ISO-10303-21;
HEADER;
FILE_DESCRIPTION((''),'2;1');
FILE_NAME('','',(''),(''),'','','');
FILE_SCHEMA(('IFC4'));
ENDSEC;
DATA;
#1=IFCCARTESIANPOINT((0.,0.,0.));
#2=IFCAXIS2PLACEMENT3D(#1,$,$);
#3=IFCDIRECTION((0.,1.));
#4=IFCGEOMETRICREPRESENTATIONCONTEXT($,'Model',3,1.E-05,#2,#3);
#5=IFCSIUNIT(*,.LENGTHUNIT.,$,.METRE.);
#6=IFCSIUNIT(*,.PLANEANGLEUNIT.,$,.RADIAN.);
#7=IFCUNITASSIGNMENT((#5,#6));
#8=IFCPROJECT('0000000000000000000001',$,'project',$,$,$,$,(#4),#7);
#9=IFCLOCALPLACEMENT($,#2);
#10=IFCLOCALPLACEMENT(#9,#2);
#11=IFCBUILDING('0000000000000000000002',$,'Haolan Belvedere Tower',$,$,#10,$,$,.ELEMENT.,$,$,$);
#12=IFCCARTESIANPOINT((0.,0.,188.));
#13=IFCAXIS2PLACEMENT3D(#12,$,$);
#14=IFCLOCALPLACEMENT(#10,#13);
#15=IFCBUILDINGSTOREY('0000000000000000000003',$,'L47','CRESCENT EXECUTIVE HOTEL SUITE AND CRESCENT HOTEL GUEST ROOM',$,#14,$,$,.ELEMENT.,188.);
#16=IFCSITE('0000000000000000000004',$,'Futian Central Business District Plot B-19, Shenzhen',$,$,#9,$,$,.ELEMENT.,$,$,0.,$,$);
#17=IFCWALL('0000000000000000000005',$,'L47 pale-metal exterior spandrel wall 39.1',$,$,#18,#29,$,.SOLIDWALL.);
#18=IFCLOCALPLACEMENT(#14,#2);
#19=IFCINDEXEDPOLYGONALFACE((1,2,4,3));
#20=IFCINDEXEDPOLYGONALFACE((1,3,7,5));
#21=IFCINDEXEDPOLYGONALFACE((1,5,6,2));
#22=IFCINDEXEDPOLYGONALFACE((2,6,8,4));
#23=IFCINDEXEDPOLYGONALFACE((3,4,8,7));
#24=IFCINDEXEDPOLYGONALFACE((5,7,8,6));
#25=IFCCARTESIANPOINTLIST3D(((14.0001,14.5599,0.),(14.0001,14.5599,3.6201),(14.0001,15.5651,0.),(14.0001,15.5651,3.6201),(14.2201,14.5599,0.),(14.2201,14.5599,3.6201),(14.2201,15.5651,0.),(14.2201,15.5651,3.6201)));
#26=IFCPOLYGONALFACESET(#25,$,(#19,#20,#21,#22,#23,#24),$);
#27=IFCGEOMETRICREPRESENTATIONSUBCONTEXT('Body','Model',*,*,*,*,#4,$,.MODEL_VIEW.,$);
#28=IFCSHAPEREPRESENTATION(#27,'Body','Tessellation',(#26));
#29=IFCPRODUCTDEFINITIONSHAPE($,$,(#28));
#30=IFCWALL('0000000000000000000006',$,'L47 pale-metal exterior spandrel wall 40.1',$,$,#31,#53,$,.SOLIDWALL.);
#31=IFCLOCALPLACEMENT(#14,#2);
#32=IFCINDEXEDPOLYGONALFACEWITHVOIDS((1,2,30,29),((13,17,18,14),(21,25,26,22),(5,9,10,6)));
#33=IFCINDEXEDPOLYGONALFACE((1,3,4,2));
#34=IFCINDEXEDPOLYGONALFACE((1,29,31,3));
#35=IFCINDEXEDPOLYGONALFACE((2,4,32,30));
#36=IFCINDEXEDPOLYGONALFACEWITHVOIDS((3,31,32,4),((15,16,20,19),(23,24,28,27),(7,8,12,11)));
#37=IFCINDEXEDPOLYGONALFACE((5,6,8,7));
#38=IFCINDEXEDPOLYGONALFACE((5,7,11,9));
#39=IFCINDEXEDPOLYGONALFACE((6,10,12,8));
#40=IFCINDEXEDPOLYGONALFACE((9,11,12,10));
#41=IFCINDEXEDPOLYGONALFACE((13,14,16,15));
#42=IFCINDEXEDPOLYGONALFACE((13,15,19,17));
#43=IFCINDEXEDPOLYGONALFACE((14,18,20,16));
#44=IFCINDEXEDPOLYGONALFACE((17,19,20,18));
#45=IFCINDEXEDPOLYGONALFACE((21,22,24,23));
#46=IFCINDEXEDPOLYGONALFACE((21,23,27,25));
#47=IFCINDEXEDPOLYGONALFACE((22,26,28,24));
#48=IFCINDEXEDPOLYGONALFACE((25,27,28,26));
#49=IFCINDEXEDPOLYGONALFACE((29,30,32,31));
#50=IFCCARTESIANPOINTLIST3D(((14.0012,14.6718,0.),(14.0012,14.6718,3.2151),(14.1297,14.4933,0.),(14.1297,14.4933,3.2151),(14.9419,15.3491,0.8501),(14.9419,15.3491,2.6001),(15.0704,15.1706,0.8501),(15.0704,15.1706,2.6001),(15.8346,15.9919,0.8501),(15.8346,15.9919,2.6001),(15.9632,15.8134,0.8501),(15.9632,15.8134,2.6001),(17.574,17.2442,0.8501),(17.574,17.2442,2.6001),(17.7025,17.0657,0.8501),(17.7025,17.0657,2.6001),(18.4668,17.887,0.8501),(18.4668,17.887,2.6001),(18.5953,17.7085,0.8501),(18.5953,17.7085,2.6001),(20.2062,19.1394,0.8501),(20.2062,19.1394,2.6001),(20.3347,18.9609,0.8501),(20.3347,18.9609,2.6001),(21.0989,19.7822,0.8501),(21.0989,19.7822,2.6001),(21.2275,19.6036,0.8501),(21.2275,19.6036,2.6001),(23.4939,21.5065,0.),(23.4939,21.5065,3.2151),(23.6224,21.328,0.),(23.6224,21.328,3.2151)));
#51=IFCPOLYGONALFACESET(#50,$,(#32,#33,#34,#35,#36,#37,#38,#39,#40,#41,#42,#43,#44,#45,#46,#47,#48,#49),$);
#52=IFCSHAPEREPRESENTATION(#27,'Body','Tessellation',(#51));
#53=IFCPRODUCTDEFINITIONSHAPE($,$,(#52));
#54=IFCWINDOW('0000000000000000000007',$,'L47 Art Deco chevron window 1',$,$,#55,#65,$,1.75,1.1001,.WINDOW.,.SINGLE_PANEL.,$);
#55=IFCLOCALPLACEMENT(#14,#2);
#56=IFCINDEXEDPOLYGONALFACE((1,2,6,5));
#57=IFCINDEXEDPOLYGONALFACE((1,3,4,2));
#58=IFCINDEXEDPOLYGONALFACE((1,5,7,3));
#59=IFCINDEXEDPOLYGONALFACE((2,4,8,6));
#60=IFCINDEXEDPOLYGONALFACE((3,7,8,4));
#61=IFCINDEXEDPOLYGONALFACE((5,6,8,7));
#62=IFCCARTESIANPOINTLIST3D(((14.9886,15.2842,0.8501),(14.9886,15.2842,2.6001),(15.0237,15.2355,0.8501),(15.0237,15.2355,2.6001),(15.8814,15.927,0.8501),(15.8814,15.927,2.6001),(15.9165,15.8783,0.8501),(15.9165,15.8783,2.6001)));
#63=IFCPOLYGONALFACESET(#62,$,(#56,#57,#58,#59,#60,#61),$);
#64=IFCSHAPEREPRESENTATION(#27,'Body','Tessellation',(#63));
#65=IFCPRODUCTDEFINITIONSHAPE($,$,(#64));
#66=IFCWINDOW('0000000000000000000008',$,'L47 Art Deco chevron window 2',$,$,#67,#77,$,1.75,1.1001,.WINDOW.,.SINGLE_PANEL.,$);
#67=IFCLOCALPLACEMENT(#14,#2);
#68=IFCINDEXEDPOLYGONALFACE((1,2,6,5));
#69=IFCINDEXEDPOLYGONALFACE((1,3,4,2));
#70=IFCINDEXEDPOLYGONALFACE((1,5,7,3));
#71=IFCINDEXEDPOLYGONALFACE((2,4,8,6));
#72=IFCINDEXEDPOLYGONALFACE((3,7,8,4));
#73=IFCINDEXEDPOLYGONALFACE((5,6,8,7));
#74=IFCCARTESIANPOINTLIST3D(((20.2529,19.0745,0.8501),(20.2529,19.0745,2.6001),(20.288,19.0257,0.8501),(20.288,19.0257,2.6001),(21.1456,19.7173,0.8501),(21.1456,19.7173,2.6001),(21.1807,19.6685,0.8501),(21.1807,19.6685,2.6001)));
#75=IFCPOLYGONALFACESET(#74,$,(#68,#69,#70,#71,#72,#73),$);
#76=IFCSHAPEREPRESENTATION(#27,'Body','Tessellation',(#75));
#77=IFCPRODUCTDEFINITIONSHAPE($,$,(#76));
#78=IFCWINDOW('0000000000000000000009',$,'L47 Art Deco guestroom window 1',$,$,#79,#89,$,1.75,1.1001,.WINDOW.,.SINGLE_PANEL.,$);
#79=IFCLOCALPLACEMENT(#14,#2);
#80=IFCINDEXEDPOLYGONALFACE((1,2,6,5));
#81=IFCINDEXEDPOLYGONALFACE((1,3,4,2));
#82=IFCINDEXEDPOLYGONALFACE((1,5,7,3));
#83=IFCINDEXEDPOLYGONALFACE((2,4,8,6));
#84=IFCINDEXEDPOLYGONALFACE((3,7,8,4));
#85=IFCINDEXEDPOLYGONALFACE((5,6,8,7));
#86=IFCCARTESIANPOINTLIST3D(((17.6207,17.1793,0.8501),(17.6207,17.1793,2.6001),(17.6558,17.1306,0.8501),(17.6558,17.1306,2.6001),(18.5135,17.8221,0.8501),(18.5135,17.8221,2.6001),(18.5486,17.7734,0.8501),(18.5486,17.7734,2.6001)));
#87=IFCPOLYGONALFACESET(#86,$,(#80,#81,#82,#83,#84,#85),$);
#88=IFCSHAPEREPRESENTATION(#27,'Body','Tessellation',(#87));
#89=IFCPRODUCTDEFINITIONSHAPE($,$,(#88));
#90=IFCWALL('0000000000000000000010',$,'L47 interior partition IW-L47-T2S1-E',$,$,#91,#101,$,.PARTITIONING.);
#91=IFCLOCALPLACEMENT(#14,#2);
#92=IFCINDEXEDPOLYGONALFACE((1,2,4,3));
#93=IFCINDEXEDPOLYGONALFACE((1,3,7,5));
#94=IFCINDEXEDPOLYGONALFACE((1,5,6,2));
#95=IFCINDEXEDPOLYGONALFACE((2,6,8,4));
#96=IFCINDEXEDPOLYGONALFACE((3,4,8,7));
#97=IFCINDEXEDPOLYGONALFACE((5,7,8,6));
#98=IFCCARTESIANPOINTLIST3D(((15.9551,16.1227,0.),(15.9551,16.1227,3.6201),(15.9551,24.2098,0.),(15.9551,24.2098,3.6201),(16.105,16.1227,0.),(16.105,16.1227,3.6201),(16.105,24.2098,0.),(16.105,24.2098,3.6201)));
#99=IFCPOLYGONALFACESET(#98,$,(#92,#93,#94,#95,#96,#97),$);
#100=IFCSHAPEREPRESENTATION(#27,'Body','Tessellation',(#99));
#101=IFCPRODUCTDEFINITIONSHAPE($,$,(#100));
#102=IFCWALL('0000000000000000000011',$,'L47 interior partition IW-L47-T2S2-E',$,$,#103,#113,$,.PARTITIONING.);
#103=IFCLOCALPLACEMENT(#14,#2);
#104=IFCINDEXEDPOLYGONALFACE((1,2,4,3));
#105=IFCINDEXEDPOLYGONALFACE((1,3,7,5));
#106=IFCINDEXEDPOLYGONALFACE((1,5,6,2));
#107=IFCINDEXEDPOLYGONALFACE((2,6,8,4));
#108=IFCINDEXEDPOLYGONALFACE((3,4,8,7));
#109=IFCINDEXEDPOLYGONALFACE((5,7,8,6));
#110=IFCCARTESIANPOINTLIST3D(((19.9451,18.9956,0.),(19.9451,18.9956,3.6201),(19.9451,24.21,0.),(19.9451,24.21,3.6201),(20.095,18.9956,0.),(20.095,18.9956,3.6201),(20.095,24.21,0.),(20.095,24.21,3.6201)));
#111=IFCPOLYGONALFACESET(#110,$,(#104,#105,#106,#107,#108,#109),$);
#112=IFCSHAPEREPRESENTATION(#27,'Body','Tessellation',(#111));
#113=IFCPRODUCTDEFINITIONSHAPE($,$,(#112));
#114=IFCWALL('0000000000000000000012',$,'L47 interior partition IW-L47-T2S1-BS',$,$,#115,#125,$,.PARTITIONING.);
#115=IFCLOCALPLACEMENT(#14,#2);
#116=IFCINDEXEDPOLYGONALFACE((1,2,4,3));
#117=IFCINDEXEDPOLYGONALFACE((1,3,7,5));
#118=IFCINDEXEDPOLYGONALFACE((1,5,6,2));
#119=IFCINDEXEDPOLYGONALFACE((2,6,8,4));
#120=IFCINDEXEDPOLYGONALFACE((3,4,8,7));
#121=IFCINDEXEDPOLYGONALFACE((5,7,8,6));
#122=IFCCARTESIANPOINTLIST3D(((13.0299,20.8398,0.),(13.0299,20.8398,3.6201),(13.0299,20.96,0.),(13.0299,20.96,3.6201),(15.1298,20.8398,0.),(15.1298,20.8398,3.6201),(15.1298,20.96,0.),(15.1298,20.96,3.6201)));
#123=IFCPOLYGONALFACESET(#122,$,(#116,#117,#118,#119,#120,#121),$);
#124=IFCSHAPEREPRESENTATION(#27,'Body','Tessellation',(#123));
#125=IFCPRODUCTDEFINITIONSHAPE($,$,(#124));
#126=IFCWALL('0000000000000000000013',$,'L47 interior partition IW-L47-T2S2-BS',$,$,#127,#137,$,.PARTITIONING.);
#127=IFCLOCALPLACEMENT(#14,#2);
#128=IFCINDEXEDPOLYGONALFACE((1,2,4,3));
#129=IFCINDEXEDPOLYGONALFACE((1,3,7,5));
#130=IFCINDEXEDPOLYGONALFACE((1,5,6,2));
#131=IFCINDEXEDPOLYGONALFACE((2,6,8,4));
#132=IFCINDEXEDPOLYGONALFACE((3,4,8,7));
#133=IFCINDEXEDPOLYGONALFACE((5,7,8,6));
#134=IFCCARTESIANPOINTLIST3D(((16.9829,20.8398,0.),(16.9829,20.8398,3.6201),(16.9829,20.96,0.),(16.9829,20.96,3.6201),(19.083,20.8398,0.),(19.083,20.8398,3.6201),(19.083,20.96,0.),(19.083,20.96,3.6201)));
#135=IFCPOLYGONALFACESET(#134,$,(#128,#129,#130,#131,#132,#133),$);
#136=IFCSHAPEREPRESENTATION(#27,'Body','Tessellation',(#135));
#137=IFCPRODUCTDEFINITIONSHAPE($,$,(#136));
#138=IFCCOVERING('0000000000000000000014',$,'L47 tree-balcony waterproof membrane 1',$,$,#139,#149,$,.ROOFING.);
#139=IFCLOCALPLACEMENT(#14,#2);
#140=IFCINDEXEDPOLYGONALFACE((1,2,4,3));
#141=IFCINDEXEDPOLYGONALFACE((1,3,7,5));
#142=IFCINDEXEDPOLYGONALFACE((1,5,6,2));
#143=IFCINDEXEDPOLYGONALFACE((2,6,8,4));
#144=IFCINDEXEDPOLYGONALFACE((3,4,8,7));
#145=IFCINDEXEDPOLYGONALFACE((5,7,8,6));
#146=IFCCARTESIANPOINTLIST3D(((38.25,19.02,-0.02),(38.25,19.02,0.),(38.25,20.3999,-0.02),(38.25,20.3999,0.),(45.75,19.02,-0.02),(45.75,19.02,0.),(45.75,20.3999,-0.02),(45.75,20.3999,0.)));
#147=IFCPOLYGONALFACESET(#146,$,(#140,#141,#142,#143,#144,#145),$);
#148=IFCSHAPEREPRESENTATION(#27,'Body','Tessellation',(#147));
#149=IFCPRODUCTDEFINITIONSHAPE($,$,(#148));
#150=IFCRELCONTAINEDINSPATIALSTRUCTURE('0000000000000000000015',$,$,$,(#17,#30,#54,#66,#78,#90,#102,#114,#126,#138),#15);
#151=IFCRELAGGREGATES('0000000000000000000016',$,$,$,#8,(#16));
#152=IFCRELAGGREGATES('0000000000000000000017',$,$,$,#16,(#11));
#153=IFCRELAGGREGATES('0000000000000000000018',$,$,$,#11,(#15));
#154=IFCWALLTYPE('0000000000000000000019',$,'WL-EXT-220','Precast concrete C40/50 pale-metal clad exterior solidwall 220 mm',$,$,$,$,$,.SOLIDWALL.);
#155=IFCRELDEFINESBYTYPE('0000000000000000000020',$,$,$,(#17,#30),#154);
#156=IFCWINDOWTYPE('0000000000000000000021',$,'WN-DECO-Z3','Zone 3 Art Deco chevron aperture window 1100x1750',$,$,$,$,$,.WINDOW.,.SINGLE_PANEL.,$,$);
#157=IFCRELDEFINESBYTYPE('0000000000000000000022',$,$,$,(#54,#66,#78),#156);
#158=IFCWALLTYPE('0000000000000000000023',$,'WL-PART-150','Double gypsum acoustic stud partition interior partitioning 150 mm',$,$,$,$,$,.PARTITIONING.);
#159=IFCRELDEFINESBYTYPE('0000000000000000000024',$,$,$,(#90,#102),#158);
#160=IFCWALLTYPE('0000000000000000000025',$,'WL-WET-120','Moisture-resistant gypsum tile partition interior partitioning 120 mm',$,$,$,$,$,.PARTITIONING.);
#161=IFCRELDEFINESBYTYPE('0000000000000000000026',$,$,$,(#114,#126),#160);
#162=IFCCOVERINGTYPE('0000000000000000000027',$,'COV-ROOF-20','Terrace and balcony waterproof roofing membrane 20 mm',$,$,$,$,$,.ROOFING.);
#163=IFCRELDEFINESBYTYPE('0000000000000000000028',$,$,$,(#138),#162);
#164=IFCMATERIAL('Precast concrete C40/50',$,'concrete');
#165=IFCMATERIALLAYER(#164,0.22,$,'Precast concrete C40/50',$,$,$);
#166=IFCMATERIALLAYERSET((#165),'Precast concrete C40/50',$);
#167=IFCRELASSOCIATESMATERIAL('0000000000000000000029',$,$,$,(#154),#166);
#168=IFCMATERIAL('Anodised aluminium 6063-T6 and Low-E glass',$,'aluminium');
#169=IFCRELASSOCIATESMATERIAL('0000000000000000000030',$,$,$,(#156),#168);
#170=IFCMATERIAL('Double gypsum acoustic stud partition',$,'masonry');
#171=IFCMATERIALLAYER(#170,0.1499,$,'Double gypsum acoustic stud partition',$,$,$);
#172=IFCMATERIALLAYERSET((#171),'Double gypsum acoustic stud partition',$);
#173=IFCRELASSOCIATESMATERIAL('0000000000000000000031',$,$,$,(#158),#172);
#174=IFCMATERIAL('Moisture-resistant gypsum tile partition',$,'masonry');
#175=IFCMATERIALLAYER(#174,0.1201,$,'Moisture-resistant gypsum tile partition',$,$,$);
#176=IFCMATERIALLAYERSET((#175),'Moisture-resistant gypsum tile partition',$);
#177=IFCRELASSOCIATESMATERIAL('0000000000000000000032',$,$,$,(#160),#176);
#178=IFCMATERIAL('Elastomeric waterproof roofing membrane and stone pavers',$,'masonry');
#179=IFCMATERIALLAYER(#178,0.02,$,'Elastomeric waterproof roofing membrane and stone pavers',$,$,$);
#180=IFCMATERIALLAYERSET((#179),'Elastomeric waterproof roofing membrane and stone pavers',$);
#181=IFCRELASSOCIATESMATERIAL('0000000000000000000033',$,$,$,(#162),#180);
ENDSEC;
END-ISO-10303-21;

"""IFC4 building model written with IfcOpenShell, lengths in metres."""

from ifc_helpers import new_model, si_unit, direction, frame, frame_2d, origin, place, context, subcontext, project, spatial, polyline, rectangle, outline, extrude, material, layer, layer_set, type_object, element, fill, save


model = new_model("IFC4")

# Units and contexts
model_context = context("Model", 3, precision=1e-05, world=origin(), true_north=direction((0.0, 1.0)))
body_context = subcontext(model_context, "Body", "Model", "MODEL_VIEW")
ifc_project = project(units=[si_unit("LENGTHUNIT", "METRE"), si_unit("PLANEANGLEUNIT", "RADIAN")], contexts=[model_context])

# Site, building, storey
site_placement = place(None, origin())
site = spatial("IfcSite", under=ifc_project, at=site_placement, Name="Futian Central Business District Plot B-19, Shenzhen", CompositionType="ELEMENT", RefElevation=0.0)
building_placement = place(site_placement, origin())
building = spatial("IfcBuilding", under=site, at=building_placement, Name="Haolan Belvedere Tower", CompositionType="ELEMENT")
storey_placement = place(building_placement, frame((0.0, 0.0, 188.0)))
storey = spatial("IfcBuildingStorey", under=building, at=storey_placement, Name="L47", Description="CRESCENT EXECUTIVE HOTEL SUITE AND CRESCENT HOTEL GUEST ROOM", CompositionType="ELEMENT", Elevation=188.0)

# Wall
ifc_material_1 = material(Name="Precast concrete C40/50", Category="concrete")
ifc_layer_1 = layer(ifc_material_1, 0.22, Name="Precast concrete C40/50")
ifc_layer_set_1 = layer_set([ifc_layer_1], Name="Precast concrete C40/50")
wall_type_1 = type_object("IfcWallType", Name="WL-EXT-220", Description="Precast concrete C40/50 pale-metal clad exterior solidwall 220 mm", PredefinedType="SOLIDWALL", material=ifc_layer_set_1)
wall_1_placement = place(storey_placement, frame((14.1101, 15.5649, 0.0), z_axis=(0.0, 0.0, 1.0), x_axis=(0.0, -1.0, 0.0)))
element("IfcWall", 1, at=wall_1_placement, inside=storey, type_object=wall_type_1, Name="L47 pale-metal exterior spandrel wall 39.1", PredefinedType="SOLIDWALL", context=body_context, shape_type="SweptSolid", body=[
    extrude(rectangle(XDim=1.0051, YDim=0.22, at=frame_2d((0.5024, 0.0))), origin(), (0.0, 0.0, 1.0), 3.6201),
])

# Wall, openings, windows
wall_2_placement = place(storey_placement, frame((14.0654, 14.5825, 0.0), z_axis=(0.0, 0.0, 1.0), x_axis=(0.811535, 0.584304, 0.0)))
wall_2 = element("IfcWall", 2, at=wall_2_placement, inside=storey, type_object=wall_type_1, Name="L47 pale-metal exterior spandrel wall 40.1", PredefinedType="SOLIDWALL", context=body_context, shape_type="SweptSolid", body=[
    extrude(rectangle(XDim=11.6973, YDim=0.22, at=frame_2d((5.8486, 0.0))), origin(), (0.0, 0.0, 1.0), 3.2151),
])
opening_1_placement = place(wall_2_placement, frame((1.1592, 0.0, 0.8501)))
opening_1 = element("IfcOpeningElement", 3, at=opening_1_placement, cuts=wall_2, PredefinedType="OPENING", context=body_context, shape_type="SweptSolid", body=[
    extrude(rectangle(XDim=1.1001, YDim=1.75, at=frame_2d((0.55, 0.875))), frame((0.0, 0.1199, 0.0), z_axis=(0.0, -1.0, 0.0), x_axis=(1.0, 0.0, 0.0)), (0.0, 0.0, 1.0), 0.24),
])
opening_2_placement = place(wall_2_placement, frame((7.646, 0.0, 0.8501)))
opening_2 = element("IfcOpeningElement", 4, at=opening_2_placement, cuts=wall_2, PredefinedType="OPENING", context=body_context, shape_type="SweptSolid", body=[
    extrude(rectangle(XDim=1.1001, YDim=1.75, at=frame_2d((0.55, 0.875))), frame((0.0, 0.1199, 0.0), z_axis=(0.0, -1.0, 0.0), x_axis=(1.0, 0.0, 0.0)), (0.0, 0.0, 1.0), 0.24),
])
opening_3_placement = place(wall_2_placement, frame((4.4026, 0.0, 0.8501)))
opening_3 = element("IfcOpeningElement", 5, at=opening_3_placement, cuts=wall_2, PredefinedType="OPENING", context=body_context, shape_type="SweptSolid", body=[
    extrude(rectangle(XDim=1.1001, YDim=1.75, at=frame_2d((0.55, 0.875))), frame((0.0, 0.1199, 0.0), z_axis=(0.0, -1.0, 0.0), x_axis=(1.0, 0.0, 0.0)), (0.0, 0.0, 1.0), 0.24),
])
ifc_material_2 = material(Name="Anodised aluminium 6063-T6 and Low-E glass", Category="aluminium")
window_type = type_object("IfcWindowType", Name="WN-DECO-Z3", Description="Zone 3 Art Deco chevron aperture window 1100x1750", PartitioningType="SINGLE_PANEL", PredefinedType="WINDOW", material=ifc_material_2)
window_1_placement = place(opening_1_placement, origin())
window_1 = element("IfcWindow", 6, at=window_1_placement, inside=storey, type_object=window_type, Name="L47 Art Deco chevron window 1", OverallHeight=1.75, OverallWidth=1.1001, PartitioningType="SINGLE_PANEL", PredefinedType="WINDOW", context=body_context, shape_type="SweptSolid", body=[
    extrude(rectangle(XDim=1.1001, YDim=1.75, at=frame_2d((0.55, 0.875))), frame((0.0, 0.03, 0.0), z_axis=(0.0, -1.0, 0.0), x_axis=(1.0, 0.0, 0.0)), (0.0, 0.0, 1.0), 0.0601),
])
fill(opening_1, window_1)
window_2_placement = place(opening_2_placement, origin())
window_2 = element("IfcWindow", 7, at=window_2_placement, inside=storey, type_object=window_type, Name="L47 Art Deco chevron window 2", OverallHeight=1.75, OverallWidth=1.1001, PartitioningType="SINGLE_PANEL", PredefinedType="WINDOW", context=body_context, shape_type="SweptSolid", body=[
    extrude(rectangle(XDim=1.1001, YDim=1.75, at=frame_2d((0.55, 0.875))), frame((0.0, 0.03, 0.0), z_axis=(0.0, -1.0, 0.0), x_axis=(1.0, 0.0, 0.0)), (0.0, 0.0, 1.0), 0.0601),
])
fill(opening_2, window_2)
window_3_placement = place(opening_3_placement, origin())
window_3 = element("IfcWindow", 8, at=window_3_placement, inside=storey, type_object=window_type, Name="L47 Art Deco guestroom window 1", OverallHeight=1.75, OverallWidth=1.1001, PartitioningType="SINGLE_PANEL", PredefinedType="WINDOW", context=body_context, shape_type="SweptSolid", body=[
    extrude(rectangle(XDim=1.1001, YDim=1.75, at=frame_2d((0.55, 0.875))), frame((0.0, 0.03, 0.0), z_axis=(0.0, -1.0, 0.0), x_axis=(1.0, 0.0, 0.0)), (0.0, 0.0, 1.0), 0.0601),
])
fill(opening_3, window_3)

# Walls
ifc_material_3 = material(Name="Double gypsum acoustic stud partition", Category="masonry")
ifc_layer_2 = layer(ifc_material_3, 0.1499, Name="Double gypsum acoustic stud partition")
ifc_layer_set_2 = layer_set([ifc_layer_2], Name="Double gypsum acoustic stud partition")
wall_type_2 = type_object("IfcWallType", Name="WL-PART-150", Description="Double gypsum acoustic stud partition interior partitioning 150 mm", PredefinedType="PARTITIONING", material=ifc_layer_set_2)
wall_3_placement = place(storey_placement, frame((16.03, 16.1228, 0.0), z_axis=(0.0, 0.0, 1.0), x_axis=(0.0, 1.0, 0.0)))
element("IfcWall", 9, at=wall_3_placement, inside=storey, type_object=wall_type_2, Name="L47 interior partition IW-L47-T2S1-E", PredefinedType="PARTITIONING", context=body_context, shape_type="SweptSolid", body=[
    extrude(rectangle(XDim=8.0872, YDim=0.1499, at=frame_2d((4.0435, 0.0))), origin(), (0.0, 0.0, 1.0), 3.6201),
])
wall_4_placement = place(storey_placement, frame((20.02, 18.9956, 0.0), z_axis=(0.0, 0.0, 1.0), x_axis=(0.0, 1.0, 0.0)))
element("IfcWall", 10, at=wall_4_placement, inside=storey, type_object=wall_type_2, Name="L47 interior partition IW-L47-T2S2-E", PredefinedType="PARTITIONING", context=body_context, shape_type="SweptSolid", body=[
    extrude(rectangle(XDim=5.2144, YDim=0.1499, at=frame_2d((2.6072, 0.0))), origin(), (0.0, 0.0, 1.0), 3.6201),
])
ifc_material_4 = material(Name="Moisture-resistant gypsum tile partition", Category="masonry")
ifc_layer_3 = layer(ifc_material_4, 0.1201, Name="Moisture-resistant gypsum tile partition")
ifc_layer_set_3 = layer_set([ifc_layer_3], Name="Moisture-resistant gypsum tile partition")
wall_type_3 = type_object("IfcWallType", Name="WL-WET-120", Description="Moisture-resistant gypsum tile partition interior partitioning 120 mm", PredefinedType="PARTITIONING", material=ifc_layer_set_3)
wall_5_placement = place(storey_placement, frame((13.03, 20.8999, 0.0), z_axis=(0.0, 0.0, 1.0), x_axis=(1.0, 0.0, 0.0)))
element("IfcWall", 11, at=wall_5_placement, inside=storey, type_object=wall_type_3, Name="L47 interior partition IW-L47-T2S1-BS", PredefinedType="PARTITIONING", context=body_context, shape_type="SweptSolid", body=[
    extrude(rectangle(XDim=2.0999, YDim=0.1201, at=frame_2d((1.0498, 0.0))), origin(), (0.0, 0.0, 1.0), 3.6201),
])
wall_6_placement = place(storey_placement, frame((16.9829, 20.8999, 0.0), z_axis=(0.0, 0.0, 1.0), x_axis=(1.0, 0.0, 0.0)))
element("IfcWall", 12, at=wall_6_placement, inside=storey, type_object=wall_type_3, Name="L47 interior partition IW-L47-T2S2-BS", PredefinedType="PARTITIONING", context=body_context, shape_type="SweptSolid", body=[
    extrude(rectangle(XDim=2.1001, YDim=0.1201, at=frame_2d((1.05, 0.0))), origin(), (0.0, 0.0, 1.0), 3.6201),
])

# Covering
ifc_material_5 = material(Name="Elastomeric waterproof roofing membrane and stone pavers", Category="masonry")
ifc_layer_4 = layer(ifc_material_5, 0.02, Name="Elastomeric waterproof roofing membrane and stone pavers")
ifc_layer_set_4 = layer_set([ifc_layer_4], Name="Elastomeric waterproof roofing membrane and stone pavers")
covering_type = type_object("IfcCoveringType", Name="COV-ROOF-20", Description="Terrace and balcony waterproof roofing membrane 20 mm", PredefinedType="ROOFING", material=ifc_layer_set_4)
covering_placement = place(storey_placement, frame((0.0, 0.0, -0.02)))
element("IfcCovering", 13, at=covering_placement, inside=storey, type_object=covering_type, Name="L47 tree-balcony waterproof membrane 1", PredefinedType="ROOFING", context=body_context, shape_type="SweptSolid", body=[
    extrude(outline(polyline([(38.25, 19.02), (45.75, 19.02), (45.75, 20.3999), (38.25, 20.3999), (38.25, 19.02)])), origin(), (0.0, 0.0, 1.0), 0.02),
])

save(model, "model.ifc")
